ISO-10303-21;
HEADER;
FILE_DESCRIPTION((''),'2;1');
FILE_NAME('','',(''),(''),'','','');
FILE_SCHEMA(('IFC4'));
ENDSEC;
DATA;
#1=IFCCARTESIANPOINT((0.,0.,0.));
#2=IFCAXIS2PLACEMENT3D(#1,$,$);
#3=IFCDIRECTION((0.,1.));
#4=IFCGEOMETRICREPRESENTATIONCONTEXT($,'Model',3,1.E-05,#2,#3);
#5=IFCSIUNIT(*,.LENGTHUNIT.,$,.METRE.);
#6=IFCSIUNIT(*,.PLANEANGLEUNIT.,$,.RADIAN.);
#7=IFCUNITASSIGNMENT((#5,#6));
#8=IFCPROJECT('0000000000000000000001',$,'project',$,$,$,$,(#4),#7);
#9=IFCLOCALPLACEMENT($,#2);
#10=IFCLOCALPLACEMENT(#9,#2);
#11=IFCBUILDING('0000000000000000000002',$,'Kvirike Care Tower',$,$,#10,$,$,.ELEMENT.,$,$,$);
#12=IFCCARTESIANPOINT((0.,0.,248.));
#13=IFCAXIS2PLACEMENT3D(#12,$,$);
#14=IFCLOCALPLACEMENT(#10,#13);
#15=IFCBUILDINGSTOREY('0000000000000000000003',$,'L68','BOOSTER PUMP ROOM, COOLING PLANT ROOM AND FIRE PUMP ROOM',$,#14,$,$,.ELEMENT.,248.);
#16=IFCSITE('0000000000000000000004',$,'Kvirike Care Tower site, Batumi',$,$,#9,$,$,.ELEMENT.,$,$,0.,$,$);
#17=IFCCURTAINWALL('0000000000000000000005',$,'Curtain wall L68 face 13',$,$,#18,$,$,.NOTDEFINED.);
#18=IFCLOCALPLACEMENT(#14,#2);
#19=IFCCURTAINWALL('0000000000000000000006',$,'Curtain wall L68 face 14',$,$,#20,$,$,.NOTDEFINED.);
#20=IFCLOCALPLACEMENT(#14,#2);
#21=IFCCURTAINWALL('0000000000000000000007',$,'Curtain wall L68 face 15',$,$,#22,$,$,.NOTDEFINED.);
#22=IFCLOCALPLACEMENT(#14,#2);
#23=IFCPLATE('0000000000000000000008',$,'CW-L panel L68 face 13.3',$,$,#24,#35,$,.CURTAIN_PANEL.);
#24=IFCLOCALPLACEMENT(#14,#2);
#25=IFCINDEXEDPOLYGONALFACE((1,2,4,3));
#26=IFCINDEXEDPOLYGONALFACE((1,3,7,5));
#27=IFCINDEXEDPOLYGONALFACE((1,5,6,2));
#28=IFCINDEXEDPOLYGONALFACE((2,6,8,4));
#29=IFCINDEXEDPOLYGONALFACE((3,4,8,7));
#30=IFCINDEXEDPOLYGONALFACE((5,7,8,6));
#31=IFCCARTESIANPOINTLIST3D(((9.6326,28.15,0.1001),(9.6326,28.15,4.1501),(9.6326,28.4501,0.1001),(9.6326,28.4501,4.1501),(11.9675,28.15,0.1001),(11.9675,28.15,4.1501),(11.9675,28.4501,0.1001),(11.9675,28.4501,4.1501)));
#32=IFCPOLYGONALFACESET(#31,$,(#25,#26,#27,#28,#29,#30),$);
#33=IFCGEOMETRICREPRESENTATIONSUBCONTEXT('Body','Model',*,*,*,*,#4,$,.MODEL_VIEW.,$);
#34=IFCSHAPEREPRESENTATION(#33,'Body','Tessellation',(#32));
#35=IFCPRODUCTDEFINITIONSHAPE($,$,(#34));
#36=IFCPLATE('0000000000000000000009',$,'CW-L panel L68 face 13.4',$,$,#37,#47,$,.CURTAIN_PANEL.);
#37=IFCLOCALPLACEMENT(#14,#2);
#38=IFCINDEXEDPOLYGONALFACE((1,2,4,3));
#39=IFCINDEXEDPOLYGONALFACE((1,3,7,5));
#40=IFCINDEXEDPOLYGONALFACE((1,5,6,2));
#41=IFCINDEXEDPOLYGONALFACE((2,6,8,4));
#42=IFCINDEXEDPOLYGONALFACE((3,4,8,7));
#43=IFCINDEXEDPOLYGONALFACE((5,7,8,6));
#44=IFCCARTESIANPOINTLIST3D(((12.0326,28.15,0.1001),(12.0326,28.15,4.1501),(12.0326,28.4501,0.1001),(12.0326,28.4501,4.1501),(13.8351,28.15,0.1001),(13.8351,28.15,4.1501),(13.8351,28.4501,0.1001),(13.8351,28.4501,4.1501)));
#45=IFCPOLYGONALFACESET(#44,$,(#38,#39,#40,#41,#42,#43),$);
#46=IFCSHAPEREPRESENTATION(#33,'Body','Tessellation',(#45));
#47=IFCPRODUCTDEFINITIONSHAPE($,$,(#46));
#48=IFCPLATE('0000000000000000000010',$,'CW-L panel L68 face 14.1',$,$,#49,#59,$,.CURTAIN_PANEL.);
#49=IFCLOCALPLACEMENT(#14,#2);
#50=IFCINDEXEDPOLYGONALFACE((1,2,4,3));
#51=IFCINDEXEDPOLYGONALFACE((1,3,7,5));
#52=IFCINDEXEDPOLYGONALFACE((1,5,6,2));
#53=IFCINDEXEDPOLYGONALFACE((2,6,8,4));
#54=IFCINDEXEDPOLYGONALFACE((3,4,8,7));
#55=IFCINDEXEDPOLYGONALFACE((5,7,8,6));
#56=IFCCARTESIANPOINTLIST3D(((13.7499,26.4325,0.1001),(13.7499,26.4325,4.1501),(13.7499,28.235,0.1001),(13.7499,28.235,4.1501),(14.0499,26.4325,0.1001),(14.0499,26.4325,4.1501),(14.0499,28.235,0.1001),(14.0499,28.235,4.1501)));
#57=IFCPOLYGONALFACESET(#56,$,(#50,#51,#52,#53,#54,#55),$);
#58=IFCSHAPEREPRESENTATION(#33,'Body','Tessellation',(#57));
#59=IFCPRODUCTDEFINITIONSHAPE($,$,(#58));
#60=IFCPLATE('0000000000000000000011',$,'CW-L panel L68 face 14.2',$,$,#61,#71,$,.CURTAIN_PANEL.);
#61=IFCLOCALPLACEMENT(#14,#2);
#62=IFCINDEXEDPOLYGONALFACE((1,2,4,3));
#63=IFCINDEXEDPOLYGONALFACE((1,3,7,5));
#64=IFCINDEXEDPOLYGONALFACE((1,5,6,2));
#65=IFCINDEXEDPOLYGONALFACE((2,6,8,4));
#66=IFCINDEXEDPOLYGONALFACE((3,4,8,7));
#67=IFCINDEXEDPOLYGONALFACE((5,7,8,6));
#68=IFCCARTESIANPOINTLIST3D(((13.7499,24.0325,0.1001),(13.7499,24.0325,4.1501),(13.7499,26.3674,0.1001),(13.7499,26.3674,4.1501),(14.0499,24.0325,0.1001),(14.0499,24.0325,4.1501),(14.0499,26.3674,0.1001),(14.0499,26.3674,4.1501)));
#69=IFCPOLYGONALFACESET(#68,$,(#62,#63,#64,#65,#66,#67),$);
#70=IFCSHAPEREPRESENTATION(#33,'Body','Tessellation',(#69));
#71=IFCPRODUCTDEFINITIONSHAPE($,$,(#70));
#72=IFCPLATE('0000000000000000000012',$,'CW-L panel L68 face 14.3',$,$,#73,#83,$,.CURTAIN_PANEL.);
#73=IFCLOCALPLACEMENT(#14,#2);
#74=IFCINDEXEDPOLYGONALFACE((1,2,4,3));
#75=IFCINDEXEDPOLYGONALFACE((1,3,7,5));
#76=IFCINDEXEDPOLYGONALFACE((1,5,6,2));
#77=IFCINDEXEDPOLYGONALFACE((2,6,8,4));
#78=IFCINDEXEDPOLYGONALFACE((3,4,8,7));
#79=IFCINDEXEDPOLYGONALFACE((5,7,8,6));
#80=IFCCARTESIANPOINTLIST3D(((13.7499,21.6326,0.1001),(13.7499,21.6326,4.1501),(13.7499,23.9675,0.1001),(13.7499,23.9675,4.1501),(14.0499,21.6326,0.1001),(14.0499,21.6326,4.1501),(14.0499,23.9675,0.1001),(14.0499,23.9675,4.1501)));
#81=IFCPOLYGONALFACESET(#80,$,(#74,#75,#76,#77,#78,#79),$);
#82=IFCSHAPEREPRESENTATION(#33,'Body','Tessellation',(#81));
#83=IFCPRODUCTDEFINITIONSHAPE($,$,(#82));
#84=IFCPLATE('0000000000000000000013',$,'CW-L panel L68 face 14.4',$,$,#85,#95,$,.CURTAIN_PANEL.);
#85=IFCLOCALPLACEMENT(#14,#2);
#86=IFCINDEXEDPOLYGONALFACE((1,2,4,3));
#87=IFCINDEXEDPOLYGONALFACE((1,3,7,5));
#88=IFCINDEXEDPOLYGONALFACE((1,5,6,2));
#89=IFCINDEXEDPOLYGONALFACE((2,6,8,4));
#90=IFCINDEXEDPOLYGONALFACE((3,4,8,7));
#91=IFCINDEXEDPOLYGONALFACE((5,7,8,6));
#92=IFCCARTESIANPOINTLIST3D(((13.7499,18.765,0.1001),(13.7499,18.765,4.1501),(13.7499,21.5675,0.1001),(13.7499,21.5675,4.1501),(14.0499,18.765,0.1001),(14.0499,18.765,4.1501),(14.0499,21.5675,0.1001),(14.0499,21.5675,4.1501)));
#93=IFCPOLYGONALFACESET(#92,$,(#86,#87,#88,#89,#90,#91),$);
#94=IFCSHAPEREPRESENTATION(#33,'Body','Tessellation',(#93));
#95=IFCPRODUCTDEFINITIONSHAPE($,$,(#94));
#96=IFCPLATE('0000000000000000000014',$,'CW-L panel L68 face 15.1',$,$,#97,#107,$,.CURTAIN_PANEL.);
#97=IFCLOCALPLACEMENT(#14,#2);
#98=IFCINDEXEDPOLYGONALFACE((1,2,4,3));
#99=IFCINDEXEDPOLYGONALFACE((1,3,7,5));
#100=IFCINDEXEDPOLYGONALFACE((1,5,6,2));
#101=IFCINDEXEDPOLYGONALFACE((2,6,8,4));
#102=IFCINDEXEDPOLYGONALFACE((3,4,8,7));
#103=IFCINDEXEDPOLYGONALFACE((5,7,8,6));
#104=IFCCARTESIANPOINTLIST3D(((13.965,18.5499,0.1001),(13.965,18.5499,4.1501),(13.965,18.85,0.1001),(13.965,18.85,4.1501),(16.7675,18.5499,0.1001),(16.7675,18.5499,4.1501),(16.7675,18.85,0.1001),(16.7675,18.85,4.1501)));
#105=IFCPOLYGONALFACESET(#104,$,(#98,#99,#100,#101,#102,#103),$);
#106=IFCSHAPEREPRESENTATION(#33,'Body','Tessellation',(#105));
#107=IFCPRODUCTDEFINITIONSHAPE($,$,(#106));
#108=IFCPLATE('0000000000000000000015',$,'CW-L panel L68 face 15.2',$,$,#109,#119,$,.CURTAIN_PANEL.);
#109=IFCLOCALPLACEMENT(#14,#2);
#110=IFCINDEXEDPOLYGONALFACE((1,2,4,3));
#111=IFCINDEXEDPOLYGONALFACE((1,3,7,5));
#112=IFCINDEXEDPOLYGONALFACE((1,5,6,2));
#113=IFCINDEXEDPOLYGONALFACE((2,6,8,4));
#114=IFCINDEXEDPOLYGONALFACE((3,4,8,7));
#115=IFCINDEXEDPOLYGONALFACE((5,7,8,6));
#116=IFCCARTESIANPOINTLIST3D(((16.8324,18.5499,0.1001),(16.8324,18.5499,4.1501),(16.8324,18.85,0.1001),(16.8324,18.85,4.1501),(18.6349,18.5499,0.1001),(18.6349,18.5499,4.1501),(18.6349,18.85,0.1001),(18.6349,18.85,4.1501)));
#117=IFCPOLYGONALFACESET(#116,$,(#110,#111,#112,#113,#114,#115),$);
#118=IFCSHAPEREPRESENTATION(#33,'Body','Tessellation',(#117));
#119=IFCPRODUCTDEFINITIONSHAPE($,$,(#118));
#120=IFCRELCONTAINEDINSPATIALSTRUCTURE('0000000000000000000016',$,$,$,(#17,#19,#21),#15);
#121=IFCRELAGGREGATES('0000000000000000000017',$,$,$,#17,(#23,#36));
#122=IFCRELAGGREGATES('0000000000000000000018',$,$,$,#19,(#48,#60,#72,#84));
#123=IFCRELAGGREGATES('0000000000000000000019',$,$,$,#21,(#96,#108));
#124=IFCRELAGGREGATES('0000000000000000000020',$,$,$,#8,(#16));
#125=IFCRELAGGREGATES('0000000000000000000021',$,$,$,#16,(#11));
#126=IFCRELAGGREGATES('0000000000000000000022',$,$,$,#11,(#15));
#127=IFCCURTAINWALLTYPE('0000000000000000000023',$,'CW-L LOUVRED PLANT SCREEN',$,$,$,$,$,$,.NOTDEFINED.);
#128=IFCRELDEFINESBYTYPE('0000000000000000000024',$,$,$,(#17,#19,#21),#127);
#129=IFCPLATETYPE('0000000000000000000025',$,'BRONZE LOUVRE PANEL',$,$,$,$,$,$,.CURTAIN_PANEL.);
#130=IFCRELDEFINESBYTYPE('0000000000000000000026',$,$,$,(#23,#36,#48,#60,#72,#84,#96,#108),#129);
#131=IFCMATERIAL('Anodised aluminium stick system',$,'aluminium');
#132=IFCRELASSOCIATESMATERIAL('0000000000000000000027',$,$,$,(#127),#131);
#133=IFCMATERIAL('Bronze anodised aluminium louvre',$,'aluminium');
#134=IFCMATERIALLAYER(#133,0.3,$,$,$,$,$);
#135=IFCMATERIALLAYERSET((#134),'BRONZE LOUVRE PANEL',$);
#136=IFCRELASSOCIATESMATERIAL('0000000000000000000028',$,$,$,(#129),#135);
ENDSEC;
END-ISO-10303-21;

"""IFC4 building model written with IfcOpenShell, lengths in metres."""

from ifc_helpers import new_model, si_unit, direction, frame, origin, origin_2d, place, context, subcontext, project, spatial, rectangle, extrude, material, layer, layer_set, type_object, element, aggregate, save


model = new_model("IFC4")

# Units and contexts
model_context = context("Model", 3, precision=1e-05, world=origin(), true_north=direction((0.0, 1.0)))
body_context = subcontext(model_context, "Body", "Model", "MODEL_VIEW")
ifc_project = project(units=[si_unit("LENGTHUNIT", "METRE"), si_unit("PLANEANGLEUNIT", "RADIAN")], contexts=[model_context])

# Site, building, storey
site_placement = place(None, origin())
site = spatial("IfcSite", under=ifc_project, at=site_placement, Name="Kvirike Care Tower site, Batumi", CompositionType="ELEMENT", RefElevation=0.0)
building_placement = place(site_placement, origin())
building = spatial("IfcBuilding", under=site, at=building_placement, Name="Kvirike Care Tower", CompositionType="ELEMENT")
storey_placement = place(building_placement, frame((0.0, 0.0, 248.0)))
storey = spatial("IfcBuildingStorey", under=building, at=storey_placement, Name="L68", Description="BOOSTER PUMP ROOM, COOLING PLANT ROOM AND FIRE PUMP ROOM", CompositionType="ELEMENT", Elevation=248.0)

# Curtain walls
ifc_material_1 = material(Name="Anodised aluminium stick system", Category="aluminium")
curtain_wall_type = type_object("IfcCurtainWallType", Name="CW-L LOUVRED PLANT SCREEN", PredefinedType="NOTDEFINED", material=ifc_material_1)
curtain_wall_1_placement = place(storey_placement, origin())
curtain_wall_1 = element("IfcCurtainWall", 1, at=curtain_wall_1_placement, inside=storey, type_object=curtain_wall_type, Name="Curtain wall L68 face 13", PredefinedType="NOTDEFINED")
curtain_wall_2_placement = place(storey_placement, origin())
curtain_wall_2 = element("IfcCurtainWall", 2, at=curtain_wall_2_placement, inside=storey, type_object=curtain_wall_type, Name="Curtain wall L68 face 14", PredefinedType="NOTDEFINED")
curtain_wall_3_placement = place(storey_placement, origin())
curtain_wall_3 = element("IfcCurtainWall", 3, at=curtain_wall_3_placement, inside=storey, type_object=curtain_wall_type, Name="Curtain wall L68 face 15", PredefinedType="NOTDEFINED")

# Plates
ifc_material_2 = material(Name="Bronze anodised aluminium louvre", Category="aluminium")
ifc_layer = layer(ifc_material_2, 0.3)
ifc_layer_set = layer_set([ifc_layer], Name="BRONZE LOUVRE PANEL")
plate_type = type_object("IfcPlateType", Name="BRONZE LOUVRE PANEL", PredefinedType="CURTAIN_PANEL", material=ifc_layer_set)
plate_1_placement = place(storey_placement, frame((10.8, 28.3, 0.1001), z_axis=(0.0, 0.0, 1.0), x_axis=(1.0, 0.0, 0.0)))
plate_1 = element("IfcPlate", 4, at=plate_1_placement, type_object=plate_type, Name="CW-L panel L68 face 13.3", PredefinedType="CURTAIN_PANEL", context=body_context, shape_type="SweptSolid", body=[
    extrude(rectangle(XDim=2.335, YDim=0.3, at=origin_2d()), origin(), (0.0, 0.0, 1.0), 4.05),
])
plate_2_placement = place(storey_placement, frame((12.9338, 28.3, 0.1001), z_axis=(0.0, 0.0, 1.0), x_axis=(1.0, 0.0, 0.0)))
plate_2 = element("IfcPlate", 5, at=plate_2_placement, type_object=plate_type, Name="CW-L panel L68 face 13.4", PredefinedType="CURTAIN_PANEL", context=body_context, shape_type="SweptSolid", body=[
    extrude(rectangle(XDim=1.8025, YDim=0.3, at=origin_2d()), origin(), (0.0, 0.0, 1.0), 4.05),
])
aggregate(curtain_wall_1, [plate_1, plate_2])
plate_3_placement = place(storey_placement, frame((13.8999, 27.3337, 0.1001), z_axis=(0.0, 0.0, 1.0), x_axis=(0.0, -1.0, 0.0)))
plate_3 = element("IfcPlate", 6, at=plate_3_placement, type_object=plate_type, Name="CW-L panel L68 face 14.1", PredefinedType="CURTAIN_PANEL", context=body_context, shape_type="SweptSolid", body=[
    extrude(rectangle(XDim=1.8025, YDim=0.3, at=origin_2d()), origin(), (0.0, 0.0, 1.0), 4.05),
])
plate_4_placement = place(storey_placement, frame((13.8999, 25.2, 0.1001), z_axis=(0.0, 0.0, 1.0), x_axis=(0.0, -1.0, 0.0)))
plate_4 = element("IfcPlate", 7, at=plate_4_placement, type_object=plate_type, Name="CW-L panel L68 face 14.2", PredefinedType="CURTAIN_PANEL", context=body_context, shape_type="SweptSolid", body=[
    extrude(rectangle(XDim=2.335, YDim=0.3, at=origin_2d()), origin(), (0.0, 0.0, 1.0), 4.05),
])
plate_5_placement = place(storey_placement, frame((13.8999, 22.8, 0.1001), z_axis=(0.0, 0.0, 1.0), x_axis=(0.0, -1.0, 0.0)))
plate_5 = element("IfcPlate", 8, at=plate_5_placement, type_object=plate_type, Name="CW-L panel L68 face 14.3", PredefinedType="CURTAIN_PANEL", context=body_context, shape_type="SweptSolid", body=[
    extrude(rectangle(XDim=2.335, YDim=0.3, at=origin_2d()), origin(), (0.0, 0.0, 1.0), 4.05),
])
plate_6_placement = place(storey_placement, frame((13.8999, 20.1663, 0.1001), z_axis=(0.0, 0.0, 1.0), x_axis=(0.0, -1.0, 0.0)))
plate_6 = element("IfcPlate", 9, at=plate_6_placement, type_object=plate_type, Name="CW-L panel L68 face 14.4", PredefinedType="CURTAIN_PANEL", context=body_context, shape_type="SweptSolid", body=[
    extrude(rectangle(XDim=2.8025, YDim=0.3, at=origin_2d()), origin(), (0.0, 0.0, 1.0), 4.05),
])
aggregate(curtain_wall_2, [plate_3, plate_4, plate_5, plate_6])
plate_7_placement = place(storey_placement, frame((15.3662, 18.7, 0.1001), z_axis=(0.0, 0.0, 1.0), x_axis=(1.0, 0.0, 0.0)))
plate_7 = element("IfcPlate", 10, at=plate_7_placement, type_object=plate_type, Name="CW-L panel L68 face 15.1", PredefinedType="CURTAIN_PANEL", context=body_context, shape_type="SweptSolid", body=[
    extrude(rectangle(XDim=2.8025, YDim=0.3, at=origin_2d()), origin(), (0.0, 0.0, 1.0), 4.05),
])
plate_8_placement = place(storey_placement, frame((17.7336, 18.7, 0.1001), z_axis=(0.0, 0.0, 1.0), x_axis=(1.0, 0.0, 0.0)))
plate_8 = element("IfcPlate", 11, at=plate_8_placement, type_object=plate_type, Name="CW-L panel L68 face 15.2", PredefinedType="CURTAIN_PANEL", context=body_context, shape_type="SweptSolid", body=[
    extrude(rectangle(XDim=1.8025, YDim=0.3, at=origin_2d()), origin(), (0.0, 0.0, 1.0), 4.05),
])
aggregate(curtain_wall_3, [plate_7, plate_8])

save(model, "model.ifc")
